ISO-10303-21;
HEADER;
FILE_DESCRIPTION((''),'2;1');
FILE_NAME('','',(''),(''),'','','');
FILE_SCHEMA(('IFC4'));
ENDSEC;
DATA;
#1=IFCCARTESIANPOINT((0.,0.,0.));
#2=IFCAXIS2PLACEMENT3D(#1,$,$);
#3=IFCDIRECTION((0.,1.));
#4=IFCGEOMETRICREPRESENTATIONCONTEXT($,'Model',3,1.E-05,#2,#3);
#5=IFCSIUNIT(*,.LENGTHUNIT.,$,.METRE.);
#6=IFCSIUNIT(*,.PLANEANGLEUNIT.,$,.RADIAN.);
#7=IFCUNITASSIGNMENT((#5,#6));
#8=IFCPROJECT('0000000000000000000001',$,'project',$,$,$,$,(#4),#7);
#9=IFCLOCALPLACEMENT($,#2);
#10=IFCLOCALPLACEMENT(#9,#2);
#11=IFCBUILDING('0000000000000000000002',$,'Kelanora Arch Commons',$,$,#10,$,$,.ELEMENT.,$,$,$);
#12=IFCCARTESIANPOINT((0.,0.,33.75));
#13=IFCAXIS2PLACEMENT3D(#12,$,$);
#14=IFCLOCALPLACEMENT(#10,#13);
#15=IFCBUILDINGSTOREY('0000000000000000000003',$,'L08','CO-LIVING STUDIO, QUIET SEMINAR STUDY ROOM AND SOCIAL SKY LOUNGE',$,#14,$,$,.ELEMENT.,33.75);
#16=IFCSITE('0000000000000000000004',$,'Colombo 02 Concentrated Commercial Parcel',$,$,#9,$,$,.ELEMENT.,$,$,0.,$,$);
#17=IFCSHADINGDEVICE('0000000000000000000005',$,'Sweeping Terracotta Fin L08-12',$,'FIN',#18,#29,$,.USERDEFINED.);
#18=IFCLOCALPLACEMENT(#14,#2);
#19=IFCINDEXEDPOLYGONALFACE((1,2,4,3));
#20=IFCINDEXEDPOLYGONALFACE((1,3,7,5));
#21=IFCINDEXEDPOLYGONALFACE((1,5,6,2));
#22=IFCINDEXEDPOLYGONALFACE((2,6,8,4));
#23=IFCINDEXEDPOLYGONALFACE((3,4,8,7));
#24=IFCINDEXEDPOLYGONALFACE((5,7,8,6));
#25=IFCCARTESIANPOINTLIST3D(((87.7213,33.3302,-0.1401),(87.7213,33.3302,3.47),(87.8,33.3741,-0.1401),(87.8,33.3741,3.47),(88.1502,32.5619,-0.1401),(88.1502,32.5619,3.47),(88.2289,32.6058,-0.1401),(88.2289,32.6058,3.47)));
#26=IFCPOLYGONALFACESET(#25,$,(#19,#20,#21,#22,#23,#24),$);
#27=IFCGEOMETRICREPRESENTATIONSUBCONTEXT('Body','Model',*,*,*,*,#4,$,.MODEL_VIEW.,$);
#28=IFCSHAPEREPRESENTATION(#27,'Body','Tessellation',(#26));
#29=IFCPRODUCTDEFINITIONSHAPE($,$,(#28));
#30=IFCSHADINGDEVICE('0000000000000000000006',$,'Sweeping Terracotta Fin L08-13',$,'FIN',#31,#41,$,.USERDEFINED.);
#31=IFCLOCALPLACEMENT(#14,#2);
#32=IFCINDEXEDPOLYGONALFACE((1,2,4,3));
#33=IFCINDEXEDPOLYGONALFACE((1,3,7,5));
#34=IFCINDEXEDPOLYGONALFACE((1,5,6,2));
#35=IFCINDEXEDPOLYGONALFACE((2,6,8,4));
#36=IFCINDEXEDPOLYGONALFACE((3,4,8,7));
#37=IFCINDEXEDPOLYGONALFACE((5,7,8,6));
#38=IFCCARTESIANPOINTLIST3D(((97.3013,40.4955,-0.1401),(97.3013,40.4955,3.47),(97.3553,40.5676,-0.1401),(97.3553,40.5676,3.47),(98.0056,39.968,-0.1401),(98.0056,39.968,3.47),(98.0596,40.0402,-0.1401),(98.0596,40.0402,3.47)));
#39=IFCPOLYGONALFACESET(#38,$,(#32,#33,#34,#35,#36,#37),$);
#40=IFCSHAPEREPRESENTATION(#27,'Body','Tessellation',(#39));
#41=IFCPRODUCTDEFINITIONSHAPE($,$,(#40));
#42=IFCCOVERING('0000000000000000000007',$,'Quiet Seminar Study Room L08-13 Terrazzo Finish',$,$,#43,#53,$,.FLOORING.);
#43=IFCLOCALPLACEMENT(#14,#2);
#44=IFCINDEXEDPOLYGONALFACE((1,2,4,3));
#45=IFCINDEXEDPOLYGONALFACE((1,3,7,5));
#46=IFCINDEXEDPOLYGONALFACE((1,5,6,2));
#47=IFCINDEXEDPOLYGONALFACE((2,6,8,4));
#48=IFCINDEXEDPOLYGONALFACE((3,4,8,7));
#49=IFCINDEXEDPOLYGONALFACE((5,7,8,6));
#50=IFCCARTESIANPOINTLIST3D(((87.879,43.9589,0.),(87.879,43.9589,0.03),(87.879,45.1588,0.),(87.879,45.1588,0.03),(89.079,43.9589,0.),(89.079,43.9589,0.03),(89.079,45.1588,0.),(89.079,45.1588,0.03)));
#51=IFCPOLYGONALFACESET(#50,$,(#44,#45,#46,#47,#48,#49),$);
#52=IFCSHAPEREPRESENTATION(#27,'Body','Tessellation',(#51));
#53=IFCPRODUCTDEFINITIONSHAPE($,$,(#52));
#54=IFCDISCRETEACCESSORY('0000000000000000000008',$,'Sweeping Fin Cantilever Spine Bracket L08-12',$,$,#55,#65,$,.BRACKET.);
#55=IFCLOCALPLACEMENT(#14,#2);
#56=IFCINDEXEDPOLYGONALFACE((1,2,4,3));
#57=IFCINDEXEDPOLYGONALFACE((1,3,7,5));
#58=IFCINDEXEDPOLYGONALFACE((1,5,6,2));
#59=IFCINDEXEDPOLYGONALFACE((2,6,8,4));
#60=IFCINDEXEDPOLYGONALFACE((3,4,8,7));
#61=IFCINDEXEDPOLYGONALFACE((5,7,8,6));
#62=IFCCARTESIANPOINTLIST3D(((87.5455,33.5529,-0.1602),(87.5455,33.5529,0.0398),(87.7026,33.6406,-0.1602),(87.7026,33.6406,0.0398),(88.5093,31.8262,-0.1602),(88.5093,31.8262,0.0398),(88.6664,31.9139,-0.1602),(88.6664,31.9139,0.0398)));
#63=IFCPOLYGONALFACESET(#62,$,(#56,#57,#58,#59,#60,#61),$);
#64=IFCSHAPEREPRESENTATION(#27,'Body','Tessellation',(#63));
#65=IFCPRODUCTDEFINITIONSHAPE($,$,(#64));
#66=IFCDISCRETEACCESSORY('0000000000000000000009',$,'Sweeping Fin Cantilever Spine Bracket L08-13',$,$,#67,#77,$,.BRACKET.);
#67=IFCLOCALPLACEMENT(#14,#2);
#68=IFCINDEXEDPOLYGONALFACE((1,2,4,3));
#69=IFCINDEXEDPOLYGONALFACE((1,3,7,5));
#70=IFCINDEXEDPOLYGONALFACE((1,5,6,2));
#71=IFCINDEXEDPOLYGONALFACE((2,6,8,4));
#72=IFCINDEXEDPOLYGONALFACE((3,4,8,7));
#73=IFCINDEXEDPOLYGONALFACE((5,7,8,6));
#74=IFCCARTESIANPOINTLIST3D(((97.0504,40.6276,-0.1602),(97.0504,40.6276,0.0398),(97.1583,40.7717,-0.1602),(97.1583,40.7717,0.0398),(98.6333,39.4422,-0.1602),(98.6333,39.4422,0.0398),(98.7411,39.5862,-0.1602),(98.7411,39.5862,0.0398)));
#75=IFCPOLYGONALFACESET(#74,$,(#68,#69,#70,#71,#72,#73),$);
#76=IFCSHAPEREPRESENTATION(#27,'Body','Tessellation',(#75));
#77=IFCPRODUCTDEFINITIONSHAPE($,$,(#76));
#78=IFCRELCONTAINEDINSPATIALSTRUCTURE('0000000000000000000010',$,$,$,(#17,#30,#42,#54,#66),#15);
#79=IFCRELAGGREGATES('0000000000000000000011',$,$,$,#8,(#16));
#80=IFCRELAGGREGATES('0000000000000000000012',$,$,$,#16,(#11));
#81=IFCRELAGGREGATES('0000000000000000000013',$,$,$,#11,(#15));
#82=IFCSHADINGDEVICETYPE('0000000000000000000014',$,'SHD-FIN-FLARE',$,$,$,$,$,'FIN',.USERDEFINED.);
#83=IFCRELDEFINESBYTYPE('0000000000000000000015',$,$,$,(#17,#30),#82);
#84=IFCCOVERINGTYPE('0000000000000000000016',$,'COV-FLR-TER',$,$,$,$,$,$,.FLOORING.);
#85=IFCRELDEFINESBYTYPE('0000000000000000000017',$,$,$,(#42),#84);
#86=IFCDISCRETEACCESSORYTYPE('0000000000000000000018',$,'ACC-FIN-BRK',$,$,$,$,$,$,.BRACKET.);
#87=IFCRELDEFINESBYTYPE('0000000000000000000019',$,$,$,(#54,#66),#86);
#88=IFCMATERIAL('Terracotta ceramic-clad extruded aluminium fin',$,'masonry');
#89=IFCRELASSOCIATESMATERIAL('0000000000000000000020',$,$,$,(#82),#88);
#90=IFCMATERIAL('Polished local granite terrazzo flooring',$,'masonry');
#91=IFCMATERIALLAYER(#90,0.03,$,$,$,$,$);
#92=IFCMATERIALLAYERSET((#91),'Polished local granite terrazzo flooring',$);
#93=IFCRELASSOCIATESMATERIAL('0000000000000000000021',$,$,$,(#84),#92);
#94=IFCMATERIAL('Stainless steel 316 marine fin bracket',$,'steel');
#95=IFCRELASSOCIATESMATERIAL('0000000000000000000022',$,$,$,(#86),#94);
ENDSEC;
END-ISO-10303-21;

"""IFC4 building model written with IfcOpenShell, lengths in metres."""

from ifc_helpers import new_model, si_unit, direction, frame, origin, origin_2d, place, context, subcontext, project, spatial, rectangle, extrude, source, transform, mapped, material, layer, layer_set, type_object, element, save


model = new_model("IFC4")

# Units and contexts
model_context = context("Model", 3, precision=1e-05, world=origin(), true_north=direction((0.0, 1.0)))
body_context = subcontext(model_context, "Body", "Model", "MODEL_VIEW")
ifc_project = project(units=[si_unit("LENGTHUNIT", "METRE"), si_unit("PLANEANGLEUNIT", "RADIAN")], contexts=[model_context])

# Site, building, storey
site_placement = place(None, origin())
site = spatial("IfcSite", under=ifc_project, at=site_placement, Name="Colombo 02 Concentrated Commercial Parcel", CompositionType="ELEMENT", RefElevation=0.0)
building_placement = place(site_placement, origin())
building = spatial("IfcBuilding", under=site, at=building_placement, Name="Kelanora Arch Commons", CompositionType="ELEMENT")
storey_placement = place(building_placement, frame((0.0, 0.0, 33.75)))
storey = spatial("IfcBuildingStorey", under=building, at=storey_placement, Name="L08", Description="CO-LIVING STUDIO, QUIET SEMINAR STUDY ROOM AND SOCIAL SKY LOUNGE", CompositionType="ELEMENT", Elevation=33.75)

# Shading devices
ifc_material_1 = material(Name="Terracotta ceramic-clad extruded aluminium fin", Category="masonry")
shading_device_type = type_object("IfcShadingDeviceType", Name="SHD-FIN-FLARE", ElementType="FIN", PredefinedType="USERDEFINED", material=ifc_material_1)
shared_shape_1 = source(origin(), body_context, "Body", "SweptSolid", [
    extrude(rectangle(XDim=0.8799, YDim=0.0901, at=origin_2d()), origin(), (0.0, 0.0, 1.0), 3.6101),
])
for number, where, z_axis, x_axis, name in (
    (1, (87.9751, 32.968, -0.1401), (0.0, 0.0, 1.0), (0.487403, -0.873177, 0.0), "Sweeping Terracotta Fin L08-12"),
    (2, (97.6804, 40.2678, -0.1401), (0.0, 0.0, 1.0), (0.800418, -0.599443, 0.0), "Sweeping Terracotta Fin L08-13"),
):
    element("IfcShadingDevice", number, at=place(storey_placement, frame(where, z_axis=z_axis, x_axis=x_axis)), inside=storey, type_object=shading_device_type, Name=name, ObjectType="FIN", PredefinedType="USERDEFINED", context=body_context, shape_type="MappedRepresentation", body=[
        mapped(shared_shape_1, transform((0.0, 0.0, 0.0), scale=1.0)),
    ])

# Covering
ifc_material_2 = material(Name="Polished local granite terrazzo flooring", Category="masonry")
ifc_layer_1 = layer(ifc_material_2, 0.03)
ifc_layer_set_1 = layer_set([ifc_layer_1], Name="Polished local granite terrazzo flooring")
covering_type = type_object("IfcCoveringType", Name="COV-FLR-TER", PredefinedType="FLOORING", material=ifc_layer_set_1)
shared_shape_2 = source(origin(), body_context, "Body", "SweptSolid", [
    extrude(rectangle(XDim=1.2, YDim=1.2, at=origin_2d()), origin(), (0.0, 0.0, 1.0), 0.03),
])
covering_placement = place(storey_placement, frame((88.479, 44.5588, 0.0), z_axis=(0.0, 0.0, 1.0), x_axis=(1.0, 0.0, 0.0)))
element("IfcCovering", 3, at=covering_placement, inside=storey, type_object=covering_type, Name="Quiet Seminar Study Room L08-13 Terrazzo Finish", PredefinedType="FLOORING", context=body_context, shape_type="MappedRepresentation", body=[
    mapped(shared_shape_2, transform((0.0, 0.0, 0.0), scale=1.0)),
])

# Discrete accessories
ifc_material_3 = material(Name="Stainless steel 316 marine fin bracket", Category="steel")
discrete_accessory_type = type_object("IfcDiscreteAccessoryType", Name="ACC-FIN-BRK", PredefinedType="BRACKET", material=ifc_material_3)
shared_shape_3 = source(origin(), body_context, "Body", "SweptSolid", [
    extrude(rectangle(XDim=1.9775, YDim=0.1799, at=origin_2d()), origin(), (0.0, 0.0, 1.0), 0.2),
])
for number, where, z_axis, x_axis, name in (
    (4, (88.106, 32.7334, -0.1602), (0.0, 0.0, 1.0), (0.487403, -0.873177, 0.0), "Sweeping Fin Cantilever Spine Bracket L08-12"),
    (5, (97.8958, 40.1069, -0.1602), (0.0, 0.0, 1.0), (0.800418, -0.599443, 0.0), "Sweeping Fin Cantilever Spine Bracket L08-13"),
):
    element("IfcDiscreteAccessory", number, at=place(storey_placement, frame(where, z_axis=z_axis, x_axis=x_axis)), inside=storey, type_object=discrete_accessory_type, Name=name, PredefinedType="BRACKET", context=body_context, shape_type="MappedRepresentation", body=[
        mapped(shared_shape_3, transform((0.0, 0.0, 0.0), scale=1.0)),
    ])

save(model, "model.ifc")
